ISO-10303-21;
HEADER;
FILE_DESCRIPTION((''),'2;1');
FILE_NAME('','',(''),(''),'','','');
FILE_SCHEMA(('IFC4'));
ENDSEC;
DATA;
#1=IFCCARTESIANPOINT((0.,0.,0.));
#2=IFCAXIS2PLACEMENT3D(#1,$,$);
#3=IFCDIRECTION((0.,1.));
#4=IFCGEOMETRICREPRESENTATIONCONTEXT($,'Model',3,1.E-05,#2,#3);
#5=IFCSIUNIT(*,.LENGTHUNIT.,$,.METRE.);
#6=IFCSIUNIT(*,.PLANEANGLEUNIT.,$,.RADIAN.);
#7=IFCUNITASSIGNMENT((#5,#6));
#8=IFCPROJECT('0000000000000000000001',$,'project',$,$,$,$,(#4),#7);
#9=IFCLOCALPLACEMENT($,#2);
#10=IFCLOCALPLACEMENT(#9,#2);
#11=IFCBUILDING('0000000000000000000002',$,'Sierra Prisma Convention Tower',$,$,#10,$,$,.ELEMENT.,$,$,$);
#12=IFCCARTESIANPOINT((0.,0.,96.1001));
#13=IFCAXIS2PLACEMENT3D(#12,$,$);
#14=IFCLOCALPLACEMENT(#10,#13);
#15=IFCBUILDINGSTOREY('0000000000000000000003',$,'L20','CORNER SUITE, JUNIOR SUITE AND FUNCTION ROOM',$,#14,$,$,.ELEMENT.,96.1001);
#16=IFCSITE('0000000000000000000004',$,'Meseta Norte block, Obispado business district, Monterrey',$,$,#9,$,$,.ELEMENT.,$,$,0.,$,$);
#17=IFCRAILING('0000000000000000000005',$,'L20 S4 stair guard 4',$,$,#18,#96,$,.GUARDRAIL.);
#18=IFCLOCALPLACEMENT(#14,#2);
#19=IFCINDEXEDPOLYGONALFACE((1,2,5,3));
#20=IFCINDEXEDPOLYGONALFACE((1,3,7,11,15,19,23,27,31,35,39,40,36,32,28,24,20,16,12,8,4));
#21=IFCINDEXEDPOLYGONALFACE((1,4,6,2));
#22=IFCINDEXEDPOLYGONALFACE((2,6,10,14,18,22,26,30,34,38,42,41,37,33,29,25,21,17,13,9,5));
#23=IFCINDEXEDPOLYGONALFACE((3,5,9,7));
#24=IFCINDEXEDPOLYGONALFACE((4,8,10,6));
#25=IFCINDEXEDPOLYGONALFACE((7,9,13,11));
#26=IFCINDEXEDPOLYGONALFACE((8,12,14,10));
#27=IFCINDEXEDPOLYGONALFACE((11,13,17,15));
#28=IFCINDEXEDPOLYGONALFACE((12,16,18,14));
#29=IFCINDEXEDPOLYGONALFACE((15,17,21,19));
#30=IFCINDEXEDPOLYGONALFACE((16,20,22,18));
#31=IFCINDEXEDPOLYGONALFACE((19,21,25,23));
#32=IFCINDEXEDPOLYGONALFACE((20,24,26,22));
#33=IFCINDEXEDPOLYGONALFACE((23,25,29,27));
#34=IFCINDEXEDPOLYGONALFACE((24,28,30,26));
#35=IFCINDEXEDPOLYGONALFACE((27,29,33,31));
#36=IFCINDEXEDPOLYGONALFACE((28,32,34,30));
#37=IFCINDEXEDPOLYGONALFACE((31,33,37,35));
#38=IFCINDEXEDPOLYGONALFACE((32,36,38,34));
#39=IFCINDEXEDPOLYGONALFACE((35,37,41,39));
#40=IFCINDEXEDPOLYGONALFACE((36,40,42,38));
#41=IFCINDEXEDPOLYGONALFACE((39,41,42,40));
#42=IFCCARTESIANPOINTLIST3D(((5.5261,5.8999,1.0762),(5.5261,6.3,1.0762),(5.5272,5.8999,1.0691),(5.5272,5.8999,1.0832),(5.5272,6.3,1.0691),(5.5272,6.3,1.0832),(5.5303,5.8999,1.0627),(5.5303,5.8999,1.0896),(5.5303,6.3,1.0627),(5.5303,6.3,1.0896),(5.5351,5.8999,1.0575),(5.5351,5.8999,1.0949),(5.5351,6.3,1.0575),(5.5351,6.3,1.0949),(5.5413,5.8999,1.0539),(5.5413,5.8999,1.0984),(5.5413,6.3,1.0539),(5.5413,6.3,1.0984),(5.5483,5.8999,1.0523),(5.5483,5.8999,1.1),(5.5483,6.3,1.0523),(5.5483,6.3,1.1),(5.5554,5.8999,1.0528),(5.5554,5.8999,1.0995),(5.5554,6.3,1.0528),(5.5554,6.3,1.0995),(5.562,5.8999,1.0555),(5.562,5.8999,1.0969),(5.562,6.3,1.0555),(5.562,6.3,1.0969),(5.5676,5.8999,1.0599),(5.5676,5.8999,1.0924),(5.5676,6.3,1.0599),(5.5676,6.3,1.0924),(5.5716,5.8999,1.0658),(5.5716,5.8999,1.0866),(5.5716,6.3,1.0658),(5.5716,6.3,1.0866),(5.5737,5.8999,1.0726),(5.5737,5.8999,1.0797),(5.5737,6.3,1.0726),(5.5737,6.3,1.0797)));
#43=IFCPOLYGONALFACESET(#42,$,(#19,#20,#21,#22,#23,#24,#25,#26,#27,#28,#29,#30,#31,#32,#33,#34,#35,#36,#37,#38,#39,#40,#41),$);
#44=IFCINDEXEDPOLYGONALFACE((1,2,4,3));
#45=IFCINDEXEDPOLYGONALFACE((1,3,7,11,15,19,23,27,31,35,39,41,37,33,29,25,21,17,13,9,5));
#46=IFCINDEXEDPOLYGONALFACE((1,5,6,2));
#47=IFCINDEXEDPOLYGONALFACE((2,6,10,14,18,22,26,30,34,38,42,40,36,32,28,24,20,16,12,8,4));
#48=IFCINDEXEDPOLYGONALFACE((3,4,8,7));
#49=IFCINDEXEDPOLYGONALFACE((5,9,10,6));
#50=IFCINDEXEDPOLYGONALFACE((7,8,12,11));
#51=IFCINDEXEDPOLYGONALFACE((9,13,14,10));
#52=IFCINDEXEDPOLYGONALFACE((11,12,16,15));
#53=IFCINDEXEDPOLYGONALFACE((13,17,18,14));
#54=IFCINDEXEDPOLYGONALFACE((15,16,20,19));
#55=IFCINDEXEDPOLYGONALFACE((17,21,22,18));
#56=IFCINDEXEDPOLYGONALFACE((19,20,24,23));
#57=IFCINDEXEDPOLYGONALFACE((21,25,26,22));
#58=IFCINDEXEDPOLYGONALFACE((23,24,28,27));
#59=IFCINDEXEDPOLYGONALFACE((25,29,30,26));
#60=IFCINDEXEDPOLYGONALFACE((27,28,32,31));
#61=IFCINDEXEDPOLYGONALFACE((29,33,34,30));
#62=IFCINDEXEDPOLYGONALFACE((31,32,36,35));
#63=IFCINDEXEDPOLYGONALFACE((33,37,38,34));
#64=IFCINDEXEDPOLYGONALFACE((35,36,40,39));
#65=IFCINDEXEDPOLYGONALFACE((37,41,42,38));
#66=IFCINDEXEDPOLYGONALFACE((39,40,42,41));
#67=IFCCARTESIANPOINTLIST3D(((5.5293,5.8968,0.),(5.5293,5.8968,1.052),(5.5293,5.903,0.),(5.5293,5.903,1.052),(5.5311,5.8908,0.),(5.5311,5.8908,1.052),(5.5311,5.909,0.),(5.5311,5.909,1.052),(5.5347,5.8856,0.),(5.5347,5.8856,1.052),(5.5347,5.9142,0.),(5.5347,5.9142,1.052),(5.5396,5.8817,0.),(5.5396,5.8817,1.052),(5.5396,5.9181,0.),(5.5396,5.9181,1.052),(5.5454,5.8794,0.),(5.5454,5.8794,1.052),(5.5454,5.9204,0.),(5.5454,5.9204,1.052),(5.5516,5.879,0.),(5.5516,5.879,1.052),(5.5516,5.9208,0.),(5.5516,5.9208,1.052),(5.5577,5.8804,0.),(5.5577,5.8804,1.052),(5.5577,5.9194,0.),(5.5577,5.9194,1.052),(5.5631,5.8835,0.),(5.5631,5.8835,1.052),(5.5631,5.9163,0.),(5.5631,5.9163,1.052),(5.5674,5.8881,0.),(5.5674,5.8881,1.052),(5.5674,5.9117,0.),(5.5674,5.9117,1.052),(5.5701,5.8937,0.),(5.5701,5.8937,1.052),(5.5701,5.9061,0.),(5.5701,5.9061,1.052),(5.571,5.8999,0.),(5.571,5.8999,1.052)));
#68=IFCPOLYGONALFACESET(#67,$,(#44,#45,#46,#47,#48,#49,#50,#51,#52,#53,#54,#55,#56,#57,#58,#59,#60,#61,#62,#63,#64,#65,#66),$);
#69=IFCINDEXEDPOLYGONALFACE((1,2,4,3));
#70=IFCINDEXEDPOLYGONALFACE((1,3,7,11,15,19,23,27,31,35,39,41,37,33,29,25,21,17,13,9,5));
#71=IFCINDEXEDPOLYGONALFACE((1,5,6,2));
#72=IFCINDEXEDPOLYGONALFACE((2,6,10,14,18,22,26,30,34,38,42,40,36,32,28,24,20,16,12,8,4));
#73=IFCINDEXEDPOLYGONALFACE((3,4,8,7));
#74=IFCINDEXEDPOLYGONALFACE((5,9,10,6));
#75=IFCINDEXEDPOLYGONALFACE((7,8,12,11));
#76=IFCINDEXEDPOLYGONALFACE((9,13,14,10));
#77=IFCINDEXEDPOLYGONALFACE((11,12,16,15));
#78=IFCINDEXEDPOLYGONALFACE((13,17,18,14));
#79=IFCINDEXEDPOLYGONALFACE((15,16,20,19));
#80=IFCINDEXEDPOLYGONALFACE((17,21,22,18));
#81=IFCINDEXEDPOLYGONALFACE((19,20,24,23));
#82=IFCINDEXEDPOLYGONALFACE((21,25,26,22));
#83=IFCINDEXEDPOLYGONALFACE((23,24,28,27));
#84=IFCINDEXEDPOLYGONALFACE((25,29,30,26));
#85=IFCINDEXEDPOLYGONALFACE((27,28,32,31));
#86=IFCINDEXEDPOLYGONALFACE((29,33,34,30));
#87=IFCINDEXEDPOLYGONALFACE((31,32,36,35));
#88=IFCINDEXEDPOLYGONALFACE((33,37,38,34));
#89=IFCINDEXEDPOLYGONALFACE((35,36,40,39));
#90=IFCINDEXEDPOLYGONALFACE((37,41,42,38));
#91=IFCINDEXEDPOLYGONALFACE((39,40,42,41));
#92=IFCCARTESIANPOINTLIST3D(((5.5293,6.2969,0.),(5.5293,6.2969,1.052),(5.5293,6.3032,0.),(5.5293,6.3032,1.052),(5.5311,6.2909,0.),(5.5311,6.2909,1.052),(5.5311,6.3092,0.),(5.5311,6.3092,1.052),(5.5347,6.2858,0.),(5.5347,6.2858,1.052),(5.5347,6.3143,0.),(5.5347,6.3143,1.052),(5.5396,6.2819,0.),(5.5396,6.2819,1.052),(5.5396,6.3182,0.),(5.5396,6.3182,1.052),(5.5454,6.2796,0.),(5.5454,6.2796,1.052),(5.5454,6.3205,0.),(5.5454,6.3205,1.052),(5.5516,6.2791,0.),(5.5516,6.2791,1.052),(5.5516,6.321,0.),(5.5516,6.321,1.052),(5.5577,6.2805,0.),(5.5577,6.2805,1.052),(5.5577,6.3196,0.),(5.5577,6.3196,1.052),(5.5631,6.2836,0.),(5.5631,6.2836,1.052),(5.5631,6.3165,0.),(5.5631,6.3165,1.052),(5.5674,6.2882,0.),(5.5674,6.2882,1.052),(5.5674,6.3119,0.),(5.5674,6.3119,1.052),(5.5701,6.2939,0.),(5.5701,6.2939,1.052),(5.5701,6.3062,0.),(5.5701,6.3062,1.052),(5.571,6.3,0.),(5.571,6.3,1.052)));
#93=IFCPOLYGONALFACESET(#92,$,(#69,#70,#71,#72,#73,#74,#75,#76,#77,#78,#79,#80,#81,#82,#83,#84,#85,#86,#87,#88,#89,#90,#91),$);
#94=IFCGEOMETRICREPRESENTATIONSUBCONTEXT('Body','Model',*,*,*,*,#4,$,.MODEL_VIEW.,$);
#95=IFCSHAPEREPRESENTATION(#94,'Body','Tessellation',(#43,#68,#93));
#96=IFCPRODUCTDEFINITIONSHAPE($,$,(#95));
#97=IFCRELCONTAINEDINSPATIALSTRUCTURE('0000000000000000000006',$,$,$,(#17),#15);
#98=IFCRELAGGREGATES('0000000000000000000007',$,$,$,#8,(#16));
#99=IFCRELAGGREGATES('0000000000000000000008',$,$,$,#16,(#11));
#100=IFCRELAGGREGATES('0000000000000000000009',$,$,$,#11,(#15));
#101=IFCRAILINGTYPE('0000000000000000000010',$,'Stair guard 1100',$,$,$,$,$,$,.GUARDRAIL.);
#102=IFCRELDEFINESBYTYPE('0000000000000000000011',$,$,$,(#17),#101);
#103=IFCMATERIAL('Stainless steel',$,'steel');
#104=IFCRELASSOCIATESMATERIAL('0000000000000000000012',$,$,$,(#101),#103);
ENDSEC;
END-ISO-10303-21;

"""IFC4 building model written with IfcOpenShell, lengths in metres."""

from ifc_helpers import new_model, si_unit, direction, frame, origin, origin_2d, place, context, subcontext, project, spatial, circle, extrude, material, type_object, element, save


model = new_model("IFC4")

# Units and contexts
model_context = context("Model", 3, precision=1e-05, world=origin(), true_north=direction((0.0, 1.0)))
body_context = subcontext(model_context, "Body", "Model", "MODEL_VIEW")
ifc_project = project(units=[si_unit("LENGTHUNIT", "METRE"), si_unit("PLANEANGLEUNIT", "RADIAN")], contexts=[model_context])

# Site, building, storey
site_placement = place(None, origin())
site = spatial("IfcSite", under=ifc_project, at=site_placement, Name="Meseta Norte block, Obispado business district, Monterrey", CompositionType="ELEMENT", RefElevation=0.0)
building_placement = place(site_placement, origin())
building = spatial("IfcBuilding", under=site, at=building_placement, Name="Sierra Prisma Convention Tower", CompositionType="ELEMENT")
storey_placement = place(building_placement, frame((0.0, 0.0, 96.1001)))
storey = spatial("IfcBuildingStorey", under=building, at=storey_placement, Name="L20", Description="CORNER SUITE, JUNIOR SUITE AND FUNCTION ROOM", CompositionType="ELEMENT", Elevation=96.1001)

# Railing
ifc_material_1 = material(Name="Stainless steel", Category="steel")
railing_type_1 = type_object("IfcRailingType", Name="Stair guard 1100", PredefinedType="GUARDRAIL", material=ifc_material_1)
railing_1_placement = place(storey_placement, frame((5.55, 5.8999, 0.0)))
element("IfcRailing", 1, at=railing_1_placement, inside=storey, type_object=railing_type_1, Name="L20 S4 stair guard 4", PredefinedType="GUARDRAIL", context=body_context, shape_type="SweptSolid", body=[
    extrude(circle(Radius=0.0239, at=origin_2d()), frame((0.0, 0.0, 1.0762), z_axis=(0.0, 1.0, 0.0), x_axis=(-1.0, 0.0, 0.0)), (0.0, 0.0, 1.0), 0.4001),
    extrude(circle(Radius=0.021, at=origin_2d()), origin(), (0.0, 0.0, 1.0), 1.052),
    extrude(circle(Radius=0.021, at=origin_2d()), frame((0.0, 0.4001, 0.0)), (0.0, 0.0, 1.0), 1.052),
])

save(model, "model.ifc")
